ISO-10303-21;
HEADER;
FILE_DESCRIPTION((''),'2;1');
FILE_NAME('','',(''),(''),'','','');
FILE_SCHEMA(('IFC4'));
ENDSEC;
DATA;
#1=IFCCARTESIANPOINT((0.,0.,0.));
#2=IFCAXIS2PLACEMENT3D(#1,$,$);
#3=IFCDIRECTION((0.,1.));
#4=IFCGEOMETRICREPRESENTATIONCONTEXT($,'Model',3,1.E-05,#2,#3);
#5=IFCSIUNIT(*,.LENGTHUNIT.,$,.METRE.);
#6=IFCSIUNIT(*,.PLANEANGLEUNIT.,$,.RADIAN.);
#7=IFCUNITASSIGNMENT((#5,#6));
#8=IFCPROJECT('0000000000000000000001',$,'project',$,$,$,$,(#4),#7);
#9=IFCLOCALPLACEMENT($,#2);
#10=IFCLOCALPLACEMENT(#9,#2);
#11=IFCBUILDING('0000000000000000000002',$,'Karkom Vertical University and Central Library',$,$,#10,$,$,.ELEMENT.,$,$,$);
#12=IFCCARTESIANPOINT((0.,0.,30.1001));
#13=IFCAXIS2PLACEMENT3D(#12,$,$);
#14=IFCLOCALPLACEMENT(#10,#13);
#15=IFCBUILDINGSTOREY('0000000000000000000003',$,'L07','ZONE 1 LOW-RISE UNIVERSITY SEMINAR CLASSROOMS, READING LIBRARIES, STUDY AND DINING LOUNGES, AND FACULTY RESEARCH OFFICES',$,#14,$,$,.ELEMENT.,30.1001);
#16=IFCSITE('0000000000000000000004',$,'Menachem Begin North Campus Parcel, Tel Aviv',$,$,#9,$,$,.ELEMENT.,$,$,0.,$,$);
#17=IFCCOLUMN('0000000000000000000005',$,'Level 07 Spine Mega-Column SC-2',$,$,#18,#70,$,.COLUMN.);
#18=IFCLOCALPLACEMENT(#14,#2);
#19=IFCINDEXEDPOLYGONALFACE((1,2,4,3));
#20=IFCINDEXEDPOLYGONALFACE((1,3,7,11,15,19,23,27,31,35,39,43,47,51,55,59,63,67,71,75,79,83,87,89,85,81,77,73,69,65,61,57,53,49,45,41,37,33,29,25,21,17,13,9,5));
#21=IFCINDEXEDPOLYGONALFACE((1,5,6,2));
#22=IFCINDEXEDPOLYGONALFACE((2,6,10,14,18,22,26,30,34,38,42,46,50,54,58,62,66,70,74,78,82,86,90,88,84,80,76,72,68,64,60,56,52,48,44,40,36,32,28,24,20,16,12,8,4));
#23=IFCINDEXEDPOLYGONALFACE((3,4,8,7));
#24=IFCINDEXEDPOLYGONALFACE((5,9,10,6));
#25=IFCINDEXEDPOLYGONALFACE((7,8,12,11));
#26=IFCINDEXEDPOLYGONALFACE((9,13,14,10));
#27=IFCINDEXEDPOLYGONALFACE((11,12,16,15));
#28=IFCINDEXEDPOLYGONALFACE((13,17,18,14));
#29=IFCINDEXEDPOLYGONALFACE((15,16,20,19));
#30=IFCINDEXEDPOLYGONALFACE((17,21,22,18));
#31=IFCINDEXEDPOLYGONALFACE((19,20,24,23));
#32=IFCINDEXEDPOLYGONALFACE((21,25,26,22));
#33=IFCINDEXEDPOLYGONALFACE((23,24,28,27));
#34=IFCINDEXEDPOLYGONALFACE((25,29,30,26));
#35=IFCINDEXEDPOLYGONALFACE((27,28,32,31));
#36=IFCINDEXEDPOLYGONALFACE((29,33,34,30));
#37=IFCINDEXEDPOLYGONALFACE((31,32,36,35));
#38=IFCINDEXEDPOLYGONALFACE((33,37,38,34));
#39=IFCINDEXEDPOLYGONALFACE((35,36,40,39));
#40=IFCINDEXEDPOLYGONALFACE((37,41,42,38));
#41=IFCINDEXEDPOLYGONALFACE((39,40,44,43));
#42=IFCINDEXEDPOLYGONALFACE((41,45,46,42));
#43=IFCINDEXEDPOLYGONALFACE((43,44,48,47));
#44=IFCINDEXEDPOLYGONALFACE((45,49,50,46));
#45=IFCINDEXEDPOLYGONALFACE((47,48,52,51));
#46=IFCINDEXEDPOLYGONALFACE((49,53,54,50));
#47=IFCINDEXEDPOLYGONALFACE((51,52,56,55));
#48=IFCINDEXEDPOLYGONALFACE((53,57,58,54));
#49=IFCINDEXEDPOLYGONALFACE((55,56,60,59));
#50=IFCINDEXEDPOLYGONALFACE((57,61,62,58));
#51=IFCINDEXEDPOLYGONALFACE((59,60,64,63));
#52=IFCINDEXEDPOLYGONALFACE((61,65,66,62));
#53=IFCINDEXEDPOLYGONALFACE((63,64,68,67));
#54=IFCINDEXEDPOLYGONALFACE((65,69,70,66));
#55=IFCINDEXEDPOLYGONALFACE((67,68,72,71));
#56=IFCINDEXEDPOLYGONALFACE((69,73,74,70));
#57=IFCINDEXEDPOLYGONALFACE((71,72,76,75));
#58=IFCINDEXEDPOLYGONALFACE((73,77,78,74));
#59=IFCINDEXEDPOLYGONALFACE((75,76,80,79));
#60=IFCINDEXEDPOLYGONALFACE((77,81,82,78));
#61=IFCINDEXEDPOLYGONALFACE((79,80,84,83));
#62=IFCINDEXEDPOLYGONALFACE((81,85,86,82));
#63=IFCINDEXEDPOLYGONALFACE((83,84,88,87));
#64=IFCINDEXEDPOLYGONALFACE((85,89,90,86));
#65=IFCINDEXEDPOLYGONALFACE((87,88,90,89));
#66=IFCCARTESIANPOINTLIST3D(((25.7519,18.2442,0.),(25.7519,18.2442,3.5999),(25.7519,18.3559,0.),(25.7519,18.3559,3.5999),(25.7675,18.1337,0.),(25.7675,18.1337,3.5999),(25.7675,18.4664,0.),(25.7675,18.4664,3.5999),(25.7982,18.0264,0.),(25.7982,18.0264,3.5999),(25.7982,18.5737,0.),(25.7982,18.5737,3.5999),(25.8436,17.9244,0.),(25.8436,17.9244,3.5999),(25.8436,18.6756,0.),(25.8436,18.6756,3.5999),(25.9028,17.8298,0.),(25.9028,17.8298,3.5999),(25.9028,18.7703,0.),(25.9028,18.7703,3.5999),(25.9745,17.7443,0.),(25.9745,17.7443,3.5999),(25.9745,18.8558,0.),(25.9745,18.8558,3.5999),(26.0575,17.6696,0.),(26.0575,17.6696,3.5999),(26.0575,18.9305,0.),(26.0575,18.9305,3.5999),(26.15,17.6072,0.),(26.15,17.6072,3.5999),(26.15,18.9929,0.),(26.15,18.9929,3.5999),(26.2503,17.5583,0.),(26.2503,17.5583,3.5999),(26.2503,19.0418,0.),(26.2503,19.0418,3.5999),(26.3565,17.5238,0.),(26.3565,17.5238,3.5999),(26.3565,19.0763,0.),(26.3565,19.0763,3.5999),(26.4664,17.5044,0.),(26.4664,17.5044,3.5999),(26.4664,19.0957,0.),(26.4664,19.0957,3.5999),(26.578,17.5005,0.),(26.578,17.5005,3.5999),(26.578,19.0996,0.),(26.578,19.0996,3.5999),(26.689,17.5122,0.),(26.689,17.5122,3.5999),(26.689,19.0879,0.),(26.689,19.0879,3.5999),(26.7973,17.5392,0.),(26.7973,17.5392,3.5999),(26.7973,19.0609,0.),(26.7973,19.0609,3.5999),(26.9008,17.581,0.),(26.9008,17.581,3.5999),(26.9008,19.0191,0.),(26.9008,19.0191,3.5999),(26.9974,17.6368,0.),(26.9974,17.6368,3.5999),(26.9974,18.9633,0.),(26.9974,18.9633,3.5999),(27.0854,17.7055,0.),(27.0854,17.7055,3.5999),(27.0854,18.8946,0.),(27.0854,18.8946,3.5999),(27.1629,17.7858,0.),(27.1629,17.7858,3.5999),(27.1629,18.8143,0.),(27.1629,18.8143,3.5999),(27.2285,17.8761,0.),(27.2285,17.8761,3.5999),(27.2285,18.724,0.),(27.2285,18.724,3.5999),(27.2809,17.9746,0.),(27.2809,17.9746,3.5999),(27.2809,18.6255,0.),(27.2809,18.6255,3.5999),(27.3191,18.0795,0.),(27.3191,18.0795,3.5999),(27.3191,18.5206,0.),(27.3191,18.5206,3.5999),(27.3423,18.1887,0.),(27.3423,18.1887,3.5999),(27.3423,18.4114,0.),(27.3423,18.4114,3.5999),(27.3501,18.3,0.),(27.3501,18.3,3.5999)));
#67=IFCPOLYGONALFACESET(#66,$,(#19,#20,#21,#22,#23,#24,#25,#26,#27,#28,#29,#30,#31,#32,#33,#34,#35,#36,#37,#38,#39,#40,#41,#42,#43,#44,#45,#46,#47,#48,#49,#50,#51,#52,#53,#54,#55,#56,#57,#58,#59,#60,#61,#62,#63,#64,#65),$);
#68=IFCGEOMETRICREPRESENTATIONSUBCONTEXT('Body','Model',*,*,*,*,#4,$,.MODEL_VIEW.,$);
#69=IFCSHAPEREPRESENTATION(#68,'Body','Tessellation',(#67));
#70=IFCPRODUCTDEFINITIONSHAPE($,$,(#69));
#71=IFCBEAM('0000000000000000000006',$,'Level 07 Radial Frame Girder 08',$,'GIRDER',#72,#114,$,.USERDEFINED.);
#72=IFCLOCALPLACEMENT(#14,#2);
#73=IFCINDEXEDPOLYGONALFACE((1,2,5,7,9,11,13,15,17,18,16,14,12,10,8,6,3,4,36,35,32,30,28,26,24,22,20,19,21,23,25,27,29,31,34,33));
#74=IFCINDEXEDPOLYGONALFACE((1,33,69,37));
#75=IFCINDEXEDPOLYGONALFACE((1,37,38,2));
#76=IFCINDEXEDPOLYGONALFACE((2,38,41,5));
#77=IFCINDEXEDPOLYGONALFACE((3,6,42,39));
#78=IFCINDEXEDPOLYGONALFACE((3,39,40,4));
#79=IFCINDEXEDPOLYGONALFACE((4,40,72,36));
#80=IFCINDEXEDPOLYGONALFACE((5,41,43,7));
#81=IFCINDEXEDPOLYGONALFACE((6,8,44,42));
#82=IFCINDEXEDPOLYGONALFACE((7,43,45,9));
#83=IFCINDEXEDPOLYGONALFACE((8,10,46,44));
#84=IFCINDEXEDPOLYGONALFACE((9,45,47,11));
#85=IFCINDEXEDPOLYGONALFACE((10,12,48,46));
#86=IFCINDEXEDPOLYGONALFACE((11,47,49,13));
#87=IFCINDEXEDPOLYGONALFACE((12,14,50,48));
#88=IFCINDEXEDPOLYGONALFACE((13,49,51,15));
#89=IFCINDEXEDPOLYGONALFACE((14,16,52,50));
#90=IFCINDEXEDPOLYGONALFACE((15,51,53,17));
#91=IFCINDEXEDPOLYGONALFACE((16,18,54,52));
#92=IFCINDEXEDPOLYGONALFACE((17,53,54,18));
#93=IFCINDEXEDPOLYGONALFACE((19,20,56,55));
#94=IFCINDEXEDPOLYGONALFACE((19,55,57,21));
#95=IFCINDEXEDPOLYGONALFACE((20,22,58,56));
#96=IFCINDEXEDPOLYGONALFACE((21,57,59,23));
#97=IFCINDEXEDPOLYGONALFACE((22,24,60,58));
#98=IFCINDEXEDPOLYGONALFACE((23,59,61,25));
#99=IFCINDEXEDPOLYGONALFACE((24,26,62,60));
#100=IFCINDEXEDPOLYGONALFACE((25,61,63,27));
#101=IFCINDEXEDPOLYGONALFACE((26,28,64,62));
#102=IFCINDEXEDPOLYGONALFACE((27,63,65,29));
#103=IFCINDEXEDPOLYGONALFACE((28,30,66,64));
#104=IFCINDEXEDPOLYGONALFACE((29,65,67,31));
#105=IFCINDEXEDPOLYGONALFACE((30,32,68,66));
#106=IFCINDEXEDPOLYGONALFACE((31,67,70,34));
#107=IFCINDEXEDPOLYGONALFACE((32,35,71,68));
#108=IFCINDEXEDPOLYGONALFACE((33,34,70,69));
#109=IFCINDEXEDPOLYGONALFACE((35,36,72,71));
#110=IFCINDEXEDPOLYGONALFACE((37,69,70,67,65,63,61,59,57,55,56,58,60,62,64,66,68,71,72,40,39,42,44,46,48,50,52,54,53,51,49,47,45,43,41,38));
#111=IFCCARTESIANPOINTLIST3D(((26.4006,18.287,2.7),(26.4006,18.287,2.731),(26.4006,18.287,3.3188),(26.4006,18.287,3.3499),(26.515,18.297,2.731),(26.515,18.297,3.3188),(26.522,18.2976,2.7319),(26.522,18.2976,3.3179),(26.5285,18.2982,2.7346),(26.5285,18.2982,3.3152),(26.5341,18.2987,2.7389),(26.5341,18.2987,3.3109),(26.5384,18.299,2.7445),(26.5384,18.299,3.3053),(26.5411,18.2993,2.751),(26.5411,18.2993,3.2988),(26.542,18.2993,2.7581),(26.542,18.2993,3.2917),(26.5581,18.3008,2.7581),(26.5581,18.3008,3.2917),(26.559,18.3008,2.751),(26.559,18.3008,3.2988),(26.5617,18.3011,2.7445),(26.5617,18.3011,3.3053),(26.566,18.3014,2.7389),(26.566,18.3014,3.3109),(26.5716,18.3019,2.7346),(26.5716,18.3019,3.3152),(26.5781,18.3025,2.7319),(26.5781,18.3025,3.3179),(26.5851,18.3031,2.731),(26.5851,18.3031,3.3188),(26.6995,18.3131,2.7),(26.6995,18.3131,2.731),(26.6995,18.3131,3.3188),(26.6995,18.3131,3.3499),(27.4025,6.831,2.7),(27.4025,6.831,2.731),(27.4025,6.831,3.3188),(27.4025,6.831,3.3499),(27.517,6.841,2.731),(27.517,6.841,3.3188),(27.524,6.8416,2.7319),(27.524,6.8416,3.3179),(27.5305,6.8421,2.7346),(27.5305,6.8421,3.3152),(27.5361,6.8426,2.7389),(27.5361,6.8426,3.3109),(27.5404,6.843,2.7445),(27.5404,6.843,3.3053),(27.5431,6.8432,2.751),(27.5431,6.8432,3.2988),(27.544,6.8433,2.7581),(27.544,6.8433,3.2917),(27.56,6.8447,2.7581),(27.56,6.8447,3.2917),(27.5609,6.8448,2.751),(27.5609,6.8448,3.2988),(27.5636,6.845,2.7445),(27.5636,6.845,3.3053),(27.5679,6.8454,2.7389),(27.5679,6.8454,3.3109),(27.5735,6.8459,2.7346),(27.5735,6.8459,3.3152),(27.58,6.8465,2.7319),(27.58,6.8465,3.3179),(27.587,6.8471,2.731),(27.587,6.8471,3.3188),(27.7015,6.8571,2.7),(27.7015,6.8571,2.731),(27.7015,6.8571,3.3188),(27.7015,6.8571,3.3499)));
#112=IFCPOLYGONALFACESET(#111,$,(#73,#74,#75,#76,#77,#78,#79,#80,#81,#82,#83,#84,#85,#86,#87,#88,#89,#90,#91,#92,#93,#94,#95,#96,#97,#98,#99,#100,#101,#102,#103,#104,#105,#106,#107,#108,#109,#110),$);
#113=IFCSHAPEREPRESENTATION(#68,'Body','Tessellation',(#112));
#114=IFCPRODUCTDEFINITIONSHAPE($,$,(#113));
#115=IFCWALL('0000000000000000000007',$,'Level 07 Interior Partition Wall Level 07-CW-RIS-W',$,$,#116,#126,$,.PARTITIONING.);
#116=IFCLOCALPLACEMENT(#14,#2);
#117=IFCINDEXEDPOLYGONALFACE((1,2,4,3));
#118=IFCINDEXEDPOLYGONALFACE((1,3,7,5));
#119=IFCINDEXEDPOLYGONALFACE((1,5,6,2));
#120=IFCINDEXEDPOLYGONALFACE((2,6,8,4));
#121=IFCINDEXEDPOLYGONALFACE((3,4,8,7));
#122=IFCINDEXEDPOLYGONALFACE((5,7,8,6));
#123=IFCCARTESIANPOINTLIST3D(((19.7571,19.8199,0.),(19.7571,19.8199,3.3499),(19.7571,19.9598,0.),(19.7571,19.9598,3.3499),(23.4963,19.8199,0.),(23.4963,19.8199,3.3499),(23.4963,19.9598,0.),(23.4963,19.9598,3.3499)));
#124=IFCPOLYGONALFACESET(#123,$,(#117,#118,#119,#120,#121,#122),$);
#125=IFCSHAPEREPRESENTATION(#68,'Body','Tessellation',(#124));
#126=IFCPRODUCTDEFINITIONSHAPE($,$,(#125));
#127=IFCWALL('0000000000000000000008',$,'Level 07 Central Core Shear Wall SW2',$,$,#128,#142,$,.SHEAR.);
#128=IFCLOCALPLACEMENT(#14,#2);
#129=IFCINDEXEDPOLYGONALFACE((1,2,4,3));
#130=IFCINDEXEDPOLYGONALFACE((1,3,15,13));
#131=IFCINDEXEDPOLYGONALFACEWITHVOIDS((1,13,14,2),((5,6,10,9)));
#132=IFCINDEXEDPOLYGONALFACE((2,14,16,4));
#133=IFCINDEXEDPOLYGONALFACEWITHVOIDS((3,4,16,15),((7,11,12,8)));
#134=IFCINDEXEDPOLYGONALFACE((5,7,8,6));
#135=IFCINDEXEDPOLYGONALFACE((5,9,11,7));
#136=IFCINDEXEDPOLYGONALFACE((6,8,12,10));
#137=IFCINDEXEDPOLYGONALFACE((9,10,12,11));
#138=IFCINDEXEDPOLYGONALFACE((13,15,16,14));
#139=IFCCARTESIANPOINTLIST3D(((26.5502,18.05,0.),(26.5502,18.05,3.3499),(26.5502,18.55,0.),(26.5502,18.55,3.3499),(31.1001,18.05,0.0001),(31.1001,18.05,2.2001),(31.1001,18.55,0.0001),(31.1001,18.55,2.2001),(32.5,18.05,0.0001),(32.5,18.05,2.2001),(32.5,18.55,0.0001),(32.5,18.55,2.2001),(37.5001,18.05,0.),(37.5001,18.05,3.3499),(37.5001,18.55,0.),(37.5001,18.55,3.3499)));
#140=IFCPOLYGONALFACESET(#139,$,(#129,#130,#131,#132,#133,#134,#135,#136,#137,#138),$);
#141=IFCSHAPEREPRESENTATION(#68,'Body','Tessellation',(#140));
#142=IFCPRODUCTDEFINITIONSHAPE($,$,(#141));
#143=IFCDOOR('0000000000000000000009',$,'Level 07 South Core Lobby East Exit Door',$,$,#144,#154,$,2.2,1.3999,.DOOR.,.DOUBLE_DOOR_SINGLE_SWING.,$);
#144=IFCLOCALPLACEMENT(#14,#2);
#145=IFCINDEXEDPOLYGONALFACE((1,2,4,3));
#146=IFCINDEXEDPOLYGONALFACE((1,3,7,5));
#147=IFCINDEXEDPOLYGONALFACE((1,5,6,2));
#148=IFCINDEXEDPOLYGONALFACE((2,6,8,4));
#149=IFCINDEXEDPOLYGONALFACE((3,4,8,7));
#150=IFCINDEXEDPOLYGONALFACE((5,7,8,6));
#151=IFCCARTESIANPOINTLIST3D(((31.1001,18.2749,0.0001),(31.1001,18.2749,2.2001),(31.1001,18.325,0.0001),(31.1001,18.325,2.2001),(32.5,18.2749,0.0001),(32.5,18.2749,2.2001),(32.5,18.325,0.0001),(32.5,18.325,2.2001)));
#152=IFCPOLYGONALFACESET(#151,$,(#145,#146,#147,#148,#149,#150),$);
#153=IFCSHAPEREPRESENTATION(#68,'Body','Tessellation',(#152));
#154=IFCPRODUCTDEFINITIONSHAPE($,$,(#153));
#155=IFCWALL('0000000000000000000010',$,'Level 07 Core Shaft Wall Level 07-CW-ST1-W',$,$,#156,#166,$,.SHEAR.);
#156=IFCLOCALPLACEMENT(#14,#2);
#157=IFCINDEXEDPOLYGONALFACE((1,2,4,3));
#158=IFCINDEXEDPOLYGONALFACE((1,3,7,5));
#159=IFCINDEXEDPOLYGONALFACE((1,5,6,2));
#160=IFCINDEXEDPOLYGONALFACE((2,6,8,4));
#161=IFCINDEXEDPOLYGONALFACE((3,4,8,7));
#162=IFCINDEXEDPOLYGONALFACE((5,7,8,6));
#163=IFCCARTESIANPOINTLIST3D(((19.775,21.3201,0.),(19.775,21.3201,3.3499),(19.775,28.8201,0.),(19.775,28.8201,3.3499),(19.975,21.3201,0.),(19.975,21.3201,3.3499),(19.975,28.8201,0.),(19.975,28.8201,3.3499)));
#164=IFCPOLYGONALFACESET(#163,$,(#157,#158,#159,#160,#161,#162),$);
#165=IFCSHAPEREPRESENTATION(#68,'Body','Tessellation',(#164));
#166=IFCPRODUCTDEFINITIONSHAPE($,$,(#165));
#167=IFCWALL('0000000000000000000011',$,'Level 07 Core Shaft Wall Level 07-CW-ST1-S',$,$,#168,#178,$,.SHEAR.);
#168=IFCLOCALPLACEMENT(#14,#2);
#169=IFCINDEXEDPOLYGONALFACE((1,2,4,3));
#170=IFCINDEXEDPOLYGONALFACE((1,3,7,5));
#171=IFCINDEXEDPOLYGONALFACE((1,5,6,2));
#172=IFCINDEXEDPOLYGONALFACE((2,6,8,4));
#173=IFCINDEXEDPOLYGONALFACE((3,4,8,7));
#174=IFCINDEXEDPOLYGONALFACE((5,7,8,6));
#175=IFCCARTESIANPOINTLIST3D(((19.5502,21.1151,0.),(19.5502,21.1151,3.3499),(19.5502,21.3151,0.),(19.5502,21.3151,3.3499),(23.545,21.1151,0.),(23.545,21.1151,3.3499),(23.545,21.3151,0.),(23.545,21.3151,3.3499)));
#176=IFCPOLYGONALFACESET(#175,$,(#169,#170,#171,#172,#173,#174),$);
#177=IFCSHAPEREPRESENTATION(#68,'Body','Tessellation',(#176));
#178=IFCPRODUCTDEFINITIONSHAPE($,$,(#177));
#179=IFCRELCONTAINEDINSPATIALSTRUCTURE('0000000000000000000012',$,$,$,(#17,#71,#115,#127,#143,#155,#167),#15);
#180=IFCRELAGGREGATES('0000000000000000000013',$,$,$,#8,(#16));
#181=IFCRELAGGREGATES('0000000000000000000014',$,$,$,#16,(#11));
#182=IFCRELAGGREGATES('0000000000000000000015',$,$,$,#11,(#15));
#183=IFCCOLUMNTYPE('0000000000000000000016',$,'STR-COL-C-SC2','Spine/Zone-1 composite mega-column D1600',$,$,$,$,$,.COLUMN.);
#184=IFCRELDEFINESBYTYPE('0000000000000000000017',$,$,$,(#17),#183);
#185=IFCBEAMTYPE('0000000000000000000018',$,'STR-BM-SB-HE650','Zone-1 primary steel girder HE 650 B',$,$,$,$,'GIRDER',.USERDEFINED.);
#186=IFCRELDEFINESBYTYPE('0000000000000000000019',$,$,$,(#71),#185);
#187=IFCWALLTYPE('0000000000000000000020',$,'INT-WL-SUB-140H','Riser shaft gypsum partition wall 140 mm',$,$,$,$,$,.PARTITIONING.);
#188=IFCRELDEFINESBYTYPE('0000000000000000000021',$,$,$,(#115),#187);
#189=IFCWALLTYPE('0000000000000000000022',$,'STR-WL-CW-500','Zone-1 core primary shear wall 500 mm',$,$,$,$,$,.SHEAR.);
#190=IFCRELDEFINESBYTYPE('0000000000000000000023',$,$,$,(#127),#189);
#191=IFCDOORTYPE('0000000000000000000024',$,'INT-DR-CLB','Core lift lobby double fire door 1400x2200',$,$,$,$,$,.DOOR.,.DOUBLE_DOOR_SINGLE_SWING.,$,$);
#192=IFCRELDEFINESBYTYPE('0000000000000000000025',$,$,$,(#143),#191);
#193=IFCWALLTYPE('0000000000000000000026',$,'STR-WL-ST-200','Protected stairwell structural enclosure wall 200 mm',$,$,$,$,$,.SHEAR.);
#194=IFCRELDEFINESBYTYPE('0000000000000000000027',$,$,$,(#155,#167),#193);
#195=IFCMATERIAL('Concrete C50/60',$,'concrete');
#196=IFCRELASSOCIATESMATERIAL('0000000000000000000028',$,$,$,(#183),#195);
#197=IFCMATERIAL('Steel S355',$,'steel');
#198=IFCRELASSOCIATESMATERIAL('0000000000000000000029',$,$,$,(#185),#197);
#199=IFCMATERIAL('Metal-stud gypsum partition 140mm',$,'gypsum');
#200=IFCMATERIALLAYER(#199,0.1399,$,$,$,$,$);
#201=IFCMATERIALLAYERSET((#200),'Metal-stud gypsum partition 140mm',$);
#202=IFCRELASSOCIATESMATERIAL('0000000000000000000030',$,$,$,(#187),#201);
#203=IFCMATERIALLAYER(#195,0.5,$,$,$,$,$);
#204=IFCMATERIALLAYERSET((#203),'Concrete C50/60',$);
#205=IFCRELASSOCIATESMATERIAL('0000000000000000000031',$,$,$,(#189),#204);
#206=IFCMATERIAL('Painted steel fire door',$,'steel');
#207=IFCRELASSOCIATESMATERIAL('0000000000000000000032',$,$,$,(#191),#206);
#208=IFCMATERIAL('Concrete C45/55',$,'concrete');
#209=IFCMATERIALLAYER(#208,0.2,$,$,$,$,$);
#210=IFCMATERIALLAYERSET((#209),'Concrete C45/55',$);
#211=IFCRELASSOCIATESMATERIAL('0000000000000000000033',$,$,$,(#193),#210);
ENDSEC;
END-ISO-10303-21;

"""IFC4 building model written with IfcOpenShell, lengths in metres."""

from ifc_helpers import new_model, si_unit, direction, frame, frame_2d, origin, origin_with_axes, origin_2d, place, context, subcontext, project, spatial, rectangle, circle, i_section, extrude, source, transform, mapped, material, layer, layer_set, material_profile, profile_set, type_object, element, fill, save


model = new_model("IFC4")

# Units and contexts
model_context = context("Model", 3, precision=1e-05, world=origin(), true_north=direction((0.0, 1.0)))
body_context = subcontext(model_context, "Body", "Model", "MODEL_VIEW")
ifc_project = project(units=[si_unit("LENGTHUNIT", "METRE"), si_unit("PLANEANGLEUNIT", "RADIAN")], contexts=[model_context])

# Site, building, storey
site_placement = place(None, origin())
site = spatial("IfcSite", under=ifc_project, at=site_placement, Name="Menachem Begin North Campus Parcel, Tel Aviv", CompositionType="ELEMENT", RefElevation=0.0)
building_placement = place(site_placement, origin())
building = spatial("IfcBuilding", under=site, at=building_placement, Name="Karkom Vertical University and Central Library", CompositionType="ELEMENT")
storey_placement = place(building_placement, frame((0.0, 0.0, 30.1001)))
storey = spatial("IfcBuildingStorey", under=building, at=storey_placement, Name="L07", Description="ZONE 1 LOW-RISE UNIVERSITY SEMINAR CLASSROOMS, READING LIBRARIES, STUDY AND DINING LOUNGES, AND FACULTY RESEARCH OFFICES", CompositionType="ELEMENT", Elevation=30.1001)

# Column
ifc_material_1 = material(Name="Concrete C50/60", Category="concrete")
ifc_material_profile_1 = material_profile(ifc_material_1, circle(Radius=0.8, at=origin_2d()), Name="CFT-D1600")
ifc_profile_set_1 = profile_set([ifc_material_profile_1], Name="Concrete C50/60")
column_type = type_object("IfcColumnType", Name="STR-COL-C-SC2", Description="Spine/Zone-1 composite mega-column D1600", PredefinedType="COLUMN", material=ifc_profile_set_1)
shared_shape_1 = source(origin_with_axes(), body_context, "Body", "SweptSolid", [
    extrude(circle(Radius=0.8, at=origin_2d()), origin(), (0.0, 0.0, 1.0), 3.5999),
])
column_placement = place(storey_placement, frame((26.55, 18.3, 0.0), z_axis=(0.0, 0.0, 1.0), x_axis=(1.0, 0.0, 0.0)))
element("IfcColumn", 1, at=column_placement, inside=storey, type_object=column_type, Name="Level 07 Spine Mega-Column SC-2", PredefinedType="COLUMN", context=body_context, shape_type="MappedRepresentation", body=[
    mapped(shared_shape_1, transform((0.0, 0.0, 0.0), scale=1.0)),
])

# Beam
ifc_material_2 = material(Name="Steel S355", Category="steel")
ifc_material_profile_2 = material_profile(ifc_material_2, i_section(OverallWidth=0.3, OverallDepth=0.6499, WebThickness=0.0161, FlangeThickness=0.031, FilletRadius=0.0271, at=origin_2d()), Name="HE 650 B")
ifc_profile_set_2 = profile_set([ifc_material_profile_2], Name="Steel S355")
beam_type = type_object("IfcBeamType", Name="STR-BM-SB-HE650", Description="Zone-1 primary steel girder HE 650 B", ElementType="GIRDER", PredefinedType="USERDEFINED", material=ifc_profile_set_2)
shared_shape_2 = source(origin_with_axes(), body_context, "Body", "SweptSolid", [
    extrude(i_section(OverallWidth=0.3, OverallDepth=0.6499, WebThickness=0.0161, FlangeThickness=0.031, FilletRadius=0.0271, at=origin_2d()), origin(), (0.0, 0.0, 1.0), 11.4998),
])
beam_placement = place(storey_placement, frame((26.55, 18.3, 3.0249), z_axis=(0.087128, -0.996197, 0.0), x_axis=(0.996197, 0.087128, 0.0)))
element("IfcBeam", 2, at=beam_placement, inside=storey, type_object=beam_type, Name="Level 07 Radial Frame Girder 08", ObjectType="GIRDER", PredefinedType="USERDEFINED", context=body_context, shape_type="MappedRepresentation", body=[
    mapped(shared_shape_2, transform((0.0, 0.0, 0.0), scale=1.0)),
])

# Wall
ifc_material_3 = material(Name="Metal-stud gypsum partition 140mm", Category="gypsum")
ifc_layer_1 = layer(ifc_material_3, 0.1399)
ifc_layer_set_1 = layer_set([ifc_layer_1], Name="Metal-stud gypsum partition 140mm")
wall_type_1 = type_object("IfcWallType", Name="INT-WL-SUB-140H", Description="Riser shaft gypsum partition wall 140 mm", PredefinedType="PARTITIONING", material=ifc_layer_set_1)
wall_1_placement = place(storey_placement, frame((19.7571, 19.8899, 0.0), z_axis=(0.0, 0.0, 1.0), x_axis=(1.0, 0.0, 0.0)))
element("IfcWall", 3, at=wall_1_placement, inside=storey, type_object=wall_type_1, Name="Level 07 Interior Partition Wall Level 07-CW-RIS-W", PredefinedType="PARTITIONING", context=body_context, shape_type="SweptSolid", body=[
    extrude(rectangle(XDim=3.7393, YDim=0.1399, at=frame_2d((1.8696, 0.0))), origin(), (0.0, 0.0, 1.0), 3.3499),
])

# Wall, opening, door
ifc_layer_2 = layer(ifc_material_1, 0.5)
ifc_layer_set_2 = layer_set([ifc_layer_2], Name="Concrete C50/60")
wall_type_2 = type_object("IfcWallType", Name="STR-WL-CW-500", Description="Zone-1 core primary shear wall 500 mm", PredefinedType="SHEAR", material=ifc_layer_set_2)
wall_2_placement = place(storey_placement, frame((26.55, 18.3, 0.0), z_axis=(0.0, 0.0, 1.0), x_axis=(1.0, 0.0, 0.0)))
wall_2 = element("IfcWall", 4, at=wall_2_placement, inside=storey, type_object=wall_type_2, Name="Level 07 Central Core Shear Wall SW2", PredefinedType="SHEAR", context=body_context, shape_type="SweptSolid", body=[
    extrude(rectangle(XDim=10.95, YDim=0.5, at=frame_2d((5.4751, 0.0))), origin(), (0.0, 0.0, 1.0), 3.3499),
])
opening_1_placement = place(wall_2_placement, frame((4.55, 0.0, 0.0)))
opening_1 = element("IfcOpeningElement", 5, at=opening_1_placement, cuts=wall_2, PredefinedType="OPENING", context=body_context, shape_type="SweptSolid", body=[
    extrude(rectangle(XDim=1.3999, YDim=2.2, at=frame_2d((0.7, 1.1001))), frame((0.0, 0.26, 0.0), z_axis=(0.0, -1.0, 0.0), x_axis=(1.0, 0.0, 0.0)), (0.0, 0.0, 1.0), 0.52),
])
ifc_material_4 = material(Name="Painted steel fire door", Category="steel")
door_type_1 = type_object("IfcDoorType", Name="INT-DR-CLB", Description="Core lift lobby double fire door 1400x2200", OperationType="DOUBLE_DOOR_SINGLE_SWING", PredefinedType="DOOR", material=ifc_material_4)
shared_shape_3 = source(origin_with_axes(), body_context, "Body", "SweptSolid", [
    extrude(rectangle(XDim=1.3999, YDim=2.2, at=frame_2d((0.7, 1.1001))), frame((0.0, 0.0249, 0.0), z_axis=(0.0, -1.0, 0.0), x_axis=(1.0, 0.0, 0.0)), (0.0, 0.0, 1.0), 0.05),
])
door_1_placement = place(opening_1_placement, origin())
door_1 = element("IfcDoor", 6, at=door_1_placement, inside=storey, type_object=door_type_1, Name="Level 07 South Core Lobby East Exit Door", OperationType="DOUBLE_DOOR_SINGLE_SWING", OverallHeight=2.2, OverallWidth=1.3999, PredefinedType="DOOR", context=body_context, shape_type="MappedRepresentation", body=[
    mapped(shared_shape_3, transform((0.0, 0.0, 0.0), scale=1.0)),
])
fill(opening_1, door_1)

# Shared definitions
ifc_material_5 = material(Name="Concrete C45/55", Category="concrete")
ifc_layer_3 = layer(ifc_material_5, 0.2)
ifc_layer_set_3 = layer_set([ifc_layer_3], Name="Concrete C45/55")
wall_type_3 = type_object("IfcWallType", Name="STR-WL-ST-200", Description="Protected stairwell structural enclosure wall 200 mm", PredefinedType="SHEAR", material=ifc_layer_set_3)

# Walls
wall_3_placement = place(storey_placement, frame((19.875, 21.3201, 0.0), z_axis=(0.0, 0.0, 1.0), x_axis=(0.0, 1.0, 0.0)))
element("IfcWall", 7, at=wall_3_placement, inside=storey, type_object=wall_type_3, Name="Level 07 Core Shaft Wall Level 07-CW-ST1-W", PredefinedType="SHEAR", context=body_context, shape_type="SweptSolid", body=[
    extrude(rectangle(XDim=7.5, YDim=0.2, at=frame_2d((3.75, 0.0))), origin(), (0.0, 0.0, 1.0), 3.3499),
])
wall_4_placement = place(storey_placement, frame((19.55, 21.2151, 0.0), z_axis=(0.0, 0.0, 1.0), x_axis=(1.0, 0.0, 0.0)))
element("IfcWall", 8, at=wall_4_placement, inside=storey, type_object=wall_type_3, Name="Level 07 Core Shaft Wall Level 07-CW-ST1-S", PredefinedType="SHEAR", context=body_context, shape_type="SweptSolid", body=[
    extrude(rectangle(XDim=3.9949, YDim=0.2, at=frame_2d((1.9976, 0.0))), origin(), (0.0, 0.0, 1.0), 3.3499),
])

save(model, "model.ifc")
